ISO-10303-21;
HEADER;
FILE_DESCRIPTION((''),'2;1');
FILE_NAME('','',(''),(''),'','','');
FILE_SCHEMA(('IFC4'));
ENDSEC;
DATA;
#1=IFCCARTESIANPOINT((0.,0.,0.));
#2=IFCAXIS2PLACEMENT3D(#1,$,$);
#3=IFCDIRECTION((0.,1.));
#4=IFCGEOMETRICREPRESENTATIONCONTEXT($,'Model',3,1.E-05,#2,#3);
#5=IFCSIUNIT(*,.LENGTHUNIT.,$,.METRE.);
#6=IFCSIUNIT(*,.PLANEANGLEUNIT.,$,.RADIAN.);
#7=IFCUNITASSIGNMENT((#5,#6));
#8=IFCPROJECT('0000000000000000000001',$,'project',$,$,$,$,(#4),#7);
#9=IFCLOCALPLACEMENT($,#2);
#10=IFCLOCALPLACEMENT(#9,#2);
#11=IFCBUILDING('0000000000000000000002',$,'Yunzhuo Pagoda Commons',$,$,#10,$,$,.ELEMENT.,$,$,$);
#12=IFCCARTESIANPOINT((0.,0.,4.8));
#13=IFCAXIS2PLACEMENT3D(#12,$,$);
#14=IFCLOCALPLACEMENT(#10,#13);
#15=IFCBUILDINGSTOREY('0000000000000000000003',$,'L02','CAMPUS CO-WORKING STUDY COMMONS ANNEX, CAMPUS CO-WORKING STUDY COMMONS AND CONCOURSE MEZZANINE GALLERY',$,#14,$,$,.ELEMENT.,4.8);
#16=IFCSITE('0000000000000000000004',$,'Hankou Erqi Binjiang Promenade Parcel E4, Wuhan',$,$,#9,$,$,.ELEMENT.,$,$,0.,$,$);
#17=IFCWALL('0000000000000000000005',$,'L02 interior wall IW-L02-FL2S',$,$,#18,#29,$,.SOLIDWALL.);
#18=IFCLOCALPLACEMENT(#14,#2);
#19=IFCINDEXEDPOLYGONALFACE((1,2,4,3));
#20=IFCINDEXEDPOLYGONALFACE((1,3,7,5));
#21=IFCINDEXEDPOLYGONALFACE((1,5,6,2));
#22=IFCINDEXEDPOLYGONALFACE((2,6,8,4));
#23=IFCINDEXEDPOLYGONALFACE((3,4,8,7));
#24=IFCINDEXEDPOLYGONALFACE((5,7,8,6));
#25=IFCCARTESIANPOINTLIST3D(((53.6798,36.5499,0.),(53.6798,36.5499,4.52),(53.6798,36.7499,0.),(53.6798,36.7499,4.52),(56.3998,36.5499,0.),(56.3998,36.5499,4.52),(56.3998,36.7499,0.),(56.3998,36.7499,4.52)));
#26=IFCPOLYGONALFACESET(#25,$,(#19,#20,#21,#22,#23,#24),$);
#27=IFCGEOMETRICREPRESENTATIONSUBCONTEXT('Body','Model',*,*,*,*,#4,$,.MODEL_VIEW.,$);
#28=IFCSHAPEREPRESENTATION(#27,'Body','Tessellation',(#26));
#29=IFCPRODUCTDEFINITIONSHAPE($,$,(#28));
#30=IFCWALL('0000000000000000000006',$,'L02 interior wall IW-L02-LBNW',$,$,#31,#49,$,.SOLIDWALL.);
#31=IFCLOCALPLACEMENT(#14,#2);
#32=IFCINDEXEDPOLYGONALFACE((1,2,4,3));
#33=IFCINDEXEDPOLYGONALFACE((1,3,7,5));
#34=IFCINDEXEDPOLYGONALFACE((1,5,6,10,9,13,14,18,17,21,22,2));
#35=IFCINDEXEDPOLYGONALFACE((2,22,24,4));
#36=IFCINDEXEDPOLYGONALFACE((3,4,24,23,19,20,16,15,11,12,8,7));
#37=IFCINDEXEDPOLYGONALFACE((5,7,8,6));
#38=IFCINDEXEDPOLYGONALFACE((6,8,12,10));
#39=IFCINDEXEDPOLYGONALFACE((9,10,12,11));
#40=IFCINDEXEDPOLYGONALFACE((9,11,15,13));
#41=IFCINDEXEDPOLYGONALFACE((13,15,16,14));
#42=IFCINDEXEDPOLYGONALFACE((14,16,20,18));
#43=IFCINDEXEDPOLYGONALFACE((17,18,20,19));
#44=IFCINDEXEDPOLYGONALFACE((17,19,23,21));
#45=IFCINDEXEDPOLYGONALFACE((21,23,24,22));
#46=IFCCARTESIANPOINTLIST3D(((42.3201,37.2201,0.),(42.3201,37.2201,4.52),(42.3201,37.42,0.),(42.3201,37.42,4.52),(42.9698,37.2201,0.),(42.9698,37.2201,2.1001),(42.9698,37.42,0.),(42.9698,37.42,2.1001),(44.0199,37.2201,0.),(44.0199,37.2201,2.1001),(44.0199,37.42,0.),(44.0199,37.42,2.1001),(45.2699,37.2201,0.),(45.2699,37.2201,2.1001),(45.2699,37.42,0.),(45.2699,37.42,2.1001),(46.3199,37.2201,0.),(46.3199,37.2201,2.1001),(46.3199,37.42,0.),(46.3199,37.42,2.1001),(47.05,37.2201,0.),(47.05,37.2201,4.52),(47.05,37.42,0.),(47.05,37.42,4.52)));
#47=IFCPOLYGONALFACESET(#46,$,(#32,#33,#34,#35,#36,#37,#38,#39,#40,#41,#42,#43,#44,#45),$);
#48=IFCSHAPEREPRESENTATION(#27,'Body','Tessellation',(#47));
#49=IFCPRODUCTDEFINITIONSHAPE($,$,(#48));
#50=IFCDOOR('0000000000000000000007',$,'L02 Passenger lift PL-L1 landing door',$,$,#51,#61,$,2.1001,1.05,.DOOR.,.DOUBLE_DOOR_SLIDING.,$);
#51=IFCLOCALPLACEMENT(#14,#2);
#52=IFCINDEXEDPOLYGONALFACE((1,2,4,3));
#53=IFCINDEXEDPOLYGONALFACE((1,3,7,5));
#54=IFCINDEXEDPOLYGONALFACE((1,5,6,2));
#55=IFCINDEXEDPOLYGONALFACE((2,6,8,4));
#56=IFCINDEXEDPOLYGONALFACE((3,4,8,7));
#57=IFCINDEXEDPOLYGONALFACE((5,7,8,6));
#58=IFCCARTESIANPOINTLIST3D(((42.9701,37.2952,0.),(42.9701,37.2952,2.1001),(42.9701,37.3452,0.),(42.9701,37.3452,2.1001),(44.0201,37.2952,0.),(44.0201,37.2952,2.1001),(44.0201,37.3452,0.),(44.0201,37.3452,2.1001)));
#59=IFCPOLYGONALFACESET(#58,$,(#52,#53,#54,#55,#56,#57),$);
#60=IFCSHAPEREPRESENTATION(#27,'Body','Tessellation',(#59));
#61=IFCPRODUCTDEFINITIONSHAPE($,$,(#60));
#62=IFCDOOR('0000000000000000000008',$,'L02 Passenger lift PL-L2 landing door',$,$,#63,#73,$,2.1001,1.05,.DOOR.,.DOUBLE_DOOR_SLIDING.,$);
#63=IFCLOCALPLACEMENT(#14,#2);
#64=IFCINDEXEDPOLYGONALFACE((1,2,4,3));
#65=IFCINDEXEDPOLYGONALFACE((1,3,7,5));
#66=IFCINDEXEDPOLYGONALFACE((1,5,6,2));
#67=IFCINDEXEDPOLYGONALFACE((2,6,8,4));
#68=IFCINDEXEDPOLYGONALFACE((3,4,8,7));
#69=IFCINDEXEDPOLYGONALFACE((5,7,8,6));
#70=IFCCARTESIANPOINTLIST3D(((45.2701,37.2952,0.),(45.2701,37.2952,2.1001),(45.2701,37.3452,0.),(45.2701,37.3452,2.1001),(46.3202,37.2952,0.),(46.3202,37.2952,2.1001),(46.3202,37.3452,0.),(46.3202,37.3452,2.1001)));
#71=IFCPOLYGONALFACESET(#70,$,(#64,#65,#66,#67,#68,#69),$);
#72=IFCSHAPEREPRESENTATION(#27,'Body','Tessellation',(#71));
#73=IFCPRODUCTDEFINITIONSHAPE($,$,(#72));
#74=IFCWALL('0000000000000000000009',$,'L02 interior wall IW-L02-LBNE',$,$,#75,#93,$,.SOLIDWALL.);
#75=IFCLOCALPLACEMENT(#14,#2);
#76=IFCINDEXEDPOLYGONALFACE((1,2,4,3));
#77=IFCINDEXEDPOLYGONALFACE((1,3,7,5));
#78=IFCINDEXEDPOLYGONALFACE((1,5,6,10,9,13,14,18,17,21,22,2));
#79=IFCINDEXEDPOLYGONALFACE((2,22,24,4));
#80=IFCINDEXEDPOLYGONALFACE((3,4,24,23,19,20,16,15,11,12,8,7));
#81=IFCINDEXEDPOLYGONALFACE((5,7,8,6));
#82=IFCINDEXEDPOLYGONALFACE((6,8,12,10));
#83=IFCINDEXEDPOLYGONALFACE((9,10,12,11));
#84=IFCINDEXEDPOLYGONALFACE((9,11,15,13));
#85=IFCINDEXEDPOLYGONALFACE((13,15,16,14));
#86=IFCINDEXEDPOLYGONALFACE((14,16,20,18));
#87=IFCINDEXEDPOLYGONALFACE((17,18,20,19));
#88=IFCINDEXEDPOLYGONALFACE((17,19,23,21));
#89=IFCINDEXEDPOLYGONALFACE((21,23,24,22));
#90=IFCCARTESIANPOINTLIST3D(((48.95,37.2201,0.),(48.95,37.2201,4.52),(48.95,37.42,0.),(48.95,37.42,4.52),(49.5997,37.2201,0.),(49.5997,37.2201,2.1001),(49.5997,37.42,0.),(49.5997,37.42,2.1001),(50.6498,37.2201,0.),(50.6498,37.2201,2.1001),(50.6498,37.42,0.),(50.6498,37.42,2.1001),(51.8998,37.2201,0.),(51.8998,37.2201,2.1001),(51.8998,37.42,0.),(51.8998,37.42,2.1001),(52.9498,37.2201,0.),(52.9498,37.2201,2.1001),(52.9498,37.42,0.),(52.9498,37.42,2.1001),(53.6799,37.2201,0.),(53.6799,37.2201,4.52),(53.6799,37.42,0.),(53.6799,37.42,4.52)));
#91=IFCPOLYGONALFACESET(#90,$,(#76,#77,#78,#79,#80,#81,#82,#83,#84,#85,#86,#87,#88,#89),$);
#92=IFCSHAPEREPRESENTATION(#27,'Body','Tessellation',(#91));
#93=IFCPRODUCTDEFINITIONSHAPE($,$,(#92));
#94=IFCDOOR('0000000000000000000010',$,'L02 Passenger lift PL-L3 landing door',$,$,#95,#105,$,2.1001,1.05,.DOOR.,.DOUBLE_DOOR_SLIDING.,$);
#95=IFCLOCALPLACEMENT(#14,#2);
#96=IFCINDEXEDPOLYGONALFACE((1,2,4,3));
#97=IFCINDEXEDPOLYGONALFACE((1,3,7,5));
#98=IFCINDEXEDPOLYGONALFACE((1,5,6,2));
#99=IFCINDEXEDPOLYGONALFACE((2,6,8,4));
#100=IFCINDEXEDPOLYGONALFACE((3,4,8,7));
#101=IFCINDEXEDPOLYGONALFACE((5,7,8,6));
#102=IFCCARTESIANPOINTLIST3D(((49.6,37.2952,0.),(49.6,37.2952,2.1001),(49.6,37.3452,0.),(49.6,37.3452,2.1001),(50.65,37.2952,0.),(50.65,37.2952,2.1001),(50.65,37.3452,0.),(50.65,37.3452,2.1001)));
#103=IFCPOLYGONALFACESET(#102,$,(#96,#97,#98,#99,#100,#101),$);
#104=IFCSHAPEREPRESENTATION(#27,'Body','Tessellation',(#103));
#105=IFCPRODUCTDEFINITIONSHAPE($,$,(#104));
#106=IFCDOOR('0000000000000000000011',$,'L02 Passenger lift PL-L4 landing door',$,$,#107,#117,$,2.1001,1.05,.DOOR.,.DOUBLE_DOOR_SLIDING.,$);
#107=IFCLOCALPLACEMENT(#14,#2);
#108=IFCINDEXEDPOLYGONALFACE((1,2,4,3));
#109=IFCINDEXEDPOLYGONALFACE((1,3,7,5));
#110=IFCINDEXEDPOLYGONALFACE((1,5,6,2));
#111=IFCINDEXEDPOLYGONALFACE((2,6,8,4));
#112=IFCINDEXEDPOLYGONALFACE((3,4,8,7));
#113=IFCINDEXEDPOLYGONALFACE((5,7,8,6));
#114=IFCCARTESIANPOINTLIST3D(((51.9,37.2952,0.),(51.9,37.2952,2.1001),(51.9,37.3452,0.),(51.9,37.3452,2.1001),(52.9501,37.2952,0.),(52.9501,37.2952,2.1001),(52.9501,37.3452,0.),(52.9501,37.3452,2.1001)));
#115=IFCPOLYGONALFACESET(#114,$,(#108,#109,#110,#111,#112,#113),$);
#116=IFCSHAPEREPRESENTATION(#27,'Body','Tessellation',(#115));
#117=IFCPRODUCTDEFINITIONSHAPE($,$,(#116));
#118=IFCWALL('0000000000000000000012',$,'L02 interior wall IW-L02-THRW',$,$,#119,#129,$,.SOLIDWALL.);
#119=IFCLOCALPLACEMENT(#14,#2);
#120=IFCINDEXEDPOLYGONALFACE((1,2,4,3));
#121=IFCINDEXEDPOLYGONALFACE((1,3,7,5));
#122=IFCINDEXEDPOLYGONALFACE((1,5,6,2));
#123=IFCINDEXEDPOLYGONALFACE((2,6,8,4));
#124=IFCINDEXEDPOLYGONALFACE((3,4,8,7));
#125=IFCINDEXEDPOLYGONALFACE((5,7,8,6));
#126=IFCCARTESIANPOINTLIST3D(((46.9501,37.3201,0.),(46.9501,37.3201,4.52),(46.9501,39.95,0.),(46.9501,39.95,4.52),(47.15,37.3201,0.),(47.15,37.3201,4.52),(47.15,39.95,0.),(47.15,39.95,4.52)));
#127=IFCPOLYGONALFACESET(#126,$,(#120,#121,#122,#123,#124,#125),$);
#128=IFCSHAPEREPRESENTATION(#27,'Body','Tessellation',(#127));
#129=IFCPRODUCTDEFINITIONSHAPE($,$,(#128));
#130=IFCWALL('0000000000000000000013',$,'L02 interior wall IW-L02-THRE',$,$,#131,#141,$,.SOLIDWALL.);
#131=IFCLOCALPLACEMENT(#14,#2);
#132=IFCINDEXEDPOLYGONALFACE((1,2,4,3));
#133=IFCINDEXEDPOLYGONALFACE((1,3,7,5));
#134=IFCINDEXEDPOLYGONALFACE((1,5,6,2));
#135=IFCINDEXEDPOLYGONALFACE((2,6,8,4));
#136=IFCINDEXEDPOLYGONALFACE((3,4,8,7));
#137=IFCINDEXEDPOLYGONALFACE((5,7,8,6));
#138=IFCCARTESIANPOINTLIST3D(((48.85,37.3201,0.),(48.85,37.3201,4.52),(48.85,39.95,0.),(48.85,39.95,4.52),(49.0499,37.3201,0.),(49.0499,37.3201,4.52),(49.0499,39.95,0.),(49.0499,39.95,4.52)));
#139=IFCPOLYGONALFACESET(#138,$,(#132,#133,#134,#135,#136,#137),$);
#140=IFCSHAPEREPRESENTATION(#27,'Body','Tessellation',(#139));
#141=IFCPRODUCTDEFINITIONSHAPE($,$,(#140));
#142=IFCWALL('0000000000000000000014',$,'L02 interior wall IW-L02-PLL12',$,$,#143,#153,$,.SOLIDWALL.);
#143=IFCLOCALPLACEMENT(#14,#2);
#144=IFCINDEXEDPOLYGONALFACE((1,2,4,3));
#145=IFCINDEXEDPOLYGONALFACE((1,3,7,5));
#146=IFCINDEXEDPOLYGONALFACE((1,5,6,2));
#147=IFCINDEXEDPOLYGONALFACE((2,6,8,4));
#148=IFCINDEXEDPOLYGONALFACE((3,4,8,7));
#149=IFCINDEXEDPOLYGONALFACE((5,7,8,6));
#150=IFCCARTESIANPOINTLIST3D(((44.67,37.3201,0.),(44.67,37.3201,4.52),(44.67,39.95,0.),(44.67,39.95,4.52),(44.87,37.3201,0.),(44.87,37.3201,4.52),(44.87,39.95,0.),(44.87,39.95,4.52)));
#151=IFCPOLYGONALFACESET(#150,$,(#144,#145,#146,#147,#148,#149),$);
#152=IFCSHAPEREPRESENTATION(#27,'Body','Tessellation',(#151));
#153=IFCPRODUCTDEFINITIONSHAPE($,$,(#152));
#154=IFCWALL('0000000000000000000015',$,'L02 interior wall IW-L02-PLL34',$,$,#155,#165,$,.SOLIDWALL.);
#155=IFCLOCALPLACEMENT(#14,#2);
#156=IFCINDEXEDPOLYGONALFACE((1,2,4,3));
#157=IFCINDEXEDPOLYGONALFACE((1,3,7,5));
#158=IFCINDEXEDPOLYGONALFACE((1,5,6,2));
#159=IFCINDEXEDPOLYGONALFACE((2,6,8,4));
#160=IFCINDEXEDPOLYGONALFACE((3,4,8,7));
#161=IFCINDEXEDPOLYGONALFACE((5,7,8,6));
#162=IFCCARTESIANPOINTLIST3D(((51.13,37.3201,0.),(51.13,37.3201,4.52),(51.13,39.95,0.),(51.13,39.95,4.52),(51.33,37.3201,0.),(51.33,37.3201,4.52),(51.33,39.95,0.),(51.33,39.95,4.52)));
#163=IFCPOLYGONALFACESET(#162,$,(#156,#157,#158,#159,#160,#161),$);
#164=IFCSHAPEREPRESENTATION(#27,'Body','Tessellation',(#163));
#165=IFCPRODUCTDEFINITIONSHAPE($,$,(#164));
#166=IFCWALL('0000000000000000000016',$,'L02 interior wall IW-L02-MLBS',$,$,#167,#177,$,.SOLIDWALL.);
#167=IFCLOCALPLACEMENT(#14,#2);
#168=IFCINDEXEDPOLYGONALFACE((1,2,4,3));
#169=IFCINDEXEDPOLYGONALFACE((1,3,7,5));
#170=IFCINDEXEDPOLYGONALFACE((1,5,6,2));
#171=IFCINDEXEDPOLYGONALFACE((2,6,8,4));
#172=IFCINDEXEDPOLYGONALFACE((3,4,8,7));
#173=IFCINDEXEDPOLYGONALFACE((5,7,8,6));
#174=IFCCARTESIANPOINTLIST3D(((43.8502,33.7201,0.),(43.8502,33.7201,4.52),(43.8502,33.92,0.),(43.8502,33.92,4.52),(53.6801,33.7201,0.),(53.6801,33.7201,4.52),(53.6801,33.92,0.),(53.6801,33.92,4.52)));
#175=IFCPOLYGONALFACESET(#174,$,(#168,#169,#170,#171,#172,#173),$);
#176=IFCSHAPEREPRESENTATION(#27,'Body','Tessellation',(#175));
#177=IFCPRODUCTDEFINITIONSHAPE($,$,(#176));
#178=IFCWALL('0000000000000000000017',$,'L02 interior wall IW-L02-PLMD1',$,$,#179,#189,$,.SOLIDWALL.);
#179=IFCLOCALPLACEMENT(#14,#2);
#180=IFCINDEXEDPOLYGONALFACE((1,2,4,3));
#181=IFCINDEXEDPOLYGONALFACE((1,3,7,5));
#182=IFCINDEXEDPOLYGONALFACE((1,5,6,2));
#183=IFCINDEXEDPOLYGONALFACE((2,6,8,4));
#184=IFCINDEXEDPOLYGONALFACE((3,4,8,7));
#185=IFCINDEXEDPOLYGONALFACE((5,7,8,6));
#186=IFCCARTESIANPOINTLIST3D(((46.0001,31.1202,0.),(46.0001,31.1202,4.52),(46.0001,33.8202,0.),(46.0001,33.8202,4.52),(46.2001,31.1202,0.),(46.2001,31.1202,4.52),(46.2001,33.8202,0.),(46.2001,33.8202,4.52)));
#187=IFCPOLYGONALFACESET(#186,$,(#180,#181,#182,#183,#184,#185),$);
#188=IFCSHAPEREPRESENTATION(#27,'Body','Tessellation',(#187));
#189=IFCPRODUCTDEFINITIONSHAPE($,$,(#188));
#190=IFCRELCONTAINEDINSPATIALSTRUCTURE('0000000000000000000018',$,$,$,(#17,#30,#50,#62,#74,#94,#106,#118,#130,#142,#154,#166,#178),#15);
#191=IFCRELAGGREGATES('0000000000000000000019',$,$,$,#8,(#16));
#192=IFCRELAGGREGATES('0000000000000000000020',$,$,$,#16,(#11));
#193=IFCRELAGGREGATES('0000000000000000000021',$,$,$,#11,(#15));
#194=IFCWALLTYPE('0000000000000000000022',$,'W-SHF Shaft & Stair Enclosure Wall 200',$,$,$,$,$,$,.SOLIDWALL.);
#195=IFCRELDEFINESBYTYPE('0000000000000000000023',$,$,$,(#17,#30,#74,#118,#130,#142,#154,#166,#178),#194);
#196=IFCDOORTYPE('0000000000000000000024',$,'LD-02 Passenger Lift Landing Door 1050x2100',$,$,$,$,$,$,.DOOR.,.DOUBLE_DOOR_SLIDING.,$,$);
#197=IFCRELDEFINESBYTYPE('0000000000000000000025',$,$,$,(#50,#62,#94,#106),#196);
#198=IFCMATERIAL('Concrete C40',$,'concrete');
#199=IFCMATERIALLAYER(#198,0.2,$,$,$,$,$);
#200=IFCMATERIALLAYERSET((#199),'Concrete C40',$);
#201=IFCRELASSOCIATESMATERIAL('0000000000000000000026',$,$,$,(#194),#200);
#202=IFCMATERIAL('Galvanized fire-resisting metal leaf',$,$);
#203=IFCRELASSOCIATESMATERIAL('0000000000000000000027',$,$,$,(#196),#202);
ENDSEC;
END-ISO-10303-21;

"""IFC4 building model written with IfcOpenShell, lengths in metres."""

from ifc_helpers import new_model, si_unit, direction, frame, frame_2d, origin, place, context, subcontext, project, spatial, rectangle, extrude, source, transform, mapped, material, layer, layer_set, type_object, element, fill, save


model = new_model("IFC4")

# Units and contexts
model_context = context("Model", 3, precision=1e-05, world=origin(), true_north=direction((0.0, 1.0)))
body_context = subcontext(model_context, "Body", "Model", "MODEL_VIEW")
ifc_project = project(units=[si_unit("LENGTHUNIT", "METRE"), si_unit("PLANEANGLEUNIT", "RADIAN")], contexts=[model_context])

# Site, building, storey
site_placement = place(None, origin())
site = spatial("IfcSite", under=ifc_project, at=site_placement, Name="Hankou Erqi Binjiang Promenade Parcel E4, Wuhan", CompositionType="ELEMENT", RefElevation=0.0)
building_placement = place(site_placement, origin())
building = spatial("IfcBuilding", under=site, at=building_placement, Name="Yunzhuo Pagoda Commons", CompositionType="ELEMENT")
storey_placement = place(building_placement, frame((0.0, 0.0, 4.8)))
storey = spatial("IfcBuildingStorey", under=building, at=storey_placement, Name="L02", Description="CAMPUS CO-WORKING STUDY COMMONS ANNEX, CAMPUS CO-WORKING STUDY COMMONS AND CONCOURSE MEZZANINE GALLERY", CompositionType="ELEMENT", Elevation=4.8)

# Shared definitions
ifc_material_1 = material(Name="Galvanized fire-resisting metal leaf")
shared_shape_1 = source(origin(), body_context, "Body", "SweptSolid", [
    extrude(rectangle(XDim=1.05, YDim=2.1001, at=frame_2d((0.5249, 1.05))), frame((0.0, 0.0249, 0.0), z_axis=(0.0, -1.0, 0.0), x_axis=(1.0, 0.0, 0.0)), (0.0, 0.0, 1.0), 0.05),
])
ifc_material_2 = material(Name="Concrete C40", Category="concrete")
ifc_layer_1 = layer(ifc_material_2, 0.2)
ifc_layer_set_1 = layer_set([ifc_layer_1], Name="Concrete C40")
wall_type_1 = type_object("IfcWallType", Name="W-SHF Shaft & Stair Enclosure Wall 200", PredefinedType="SOLIDWALL", material=ifc_layer_set_1)
door_type_1 = type_object("IfcDoorType", Name="LD-02 Passenger Lift Landing Door 1050x2100", OperationType="DOUBLE_DOOR_SLIDING", PredefinedType="DOOR", material=ifc_material_1)

# Wall
wall_1_placement = place(storey_placement, frame((53.6799, 36.6499, 0.0), z_axis=(0.0, 0.0, 1.0), x_axis=(1.0, 0.0, 0.0)))
element("IfcWall", 1, at=wall_1_placement, inside=storey, type_object=wall_type_1, Name="L02 interior wall IW-L02-FL2S", PredefinedType="SOLIDWALL", context=body_context, shape_type="SweptSolid", body=[
    extrude(rectangle(XDim=2.72, YDim=0.2, at=frame_2d((1.3599, 0.0))), origin(), (0.0, 0.0, 1.0), 4.52),
])

# Walls, openings, doors
wall_2_placement = place(storey_placement, frame((42.3201, 37.3201, 0.0), z_axis=(0.0, 0.0, 1.0), x_axis=(1.0, 0.0, 0.0)))
wall_2 = element("IfcWall", 2, at=wall_2_placement, inside=storey, type_object=wall_type_1, Name="L02 interior wall IW-L02-LBNW", PredefinedType="SOLIDWALL", context=body_context, shape_type="SweptSolid", body=[
    extrude(rectangle(XDim=4.73, YDim=0.2, at=frame_2d((2.365, 0.0))), origin(), (0.0, 0.0, 1.0), 4.52),
])
opening_1_placement = place(wall_2_placement, frame((0.6499, 0.0, 0.0)))
opening_1 = element("IfcOpeningElement", 3, at=opening_1_placement, cuts=wall_2, PredefinedType="OPENING", context=body_context, shape_type="SweptSolid", body=[
    extrude(rectangle(XDim=1.05, YDim=2.1001, at=frame_2d((0.5249, 1.05))), frame((0.0, 0.1099, 0.0), z_axis=(0.0, -1.0, 0.0), x_axis=(1.0, 0.0, 0.0)), (0.0, 0.0, 1.0), 0.22),
])
opening_2_placement = place(wall_2_placement, frame((2.95, 0.0, 0.0)))
opening_2 = element("IfcOpeningElement", 4, at=opening_2_placement, cuts=wall_2, PredefinedType="OPENING", context=body_context, shape_type="SweptSolid", body=[
    extrude(rectangle(XDim=1.05, YDim=2.1001, at=frame_2d((0.5249, 1.05))), frame((0.0, 0.1099, 0.0), z_axis=(0.0, -1.0, 0.0), x_axis=(1.0, 0.0, 0.0)), (0.0, 0.0, 1.0), 0.22),
])
door_1_placement = place(opening_1_placement, frame((1.05, 0.0, 0.0), z_axis=(0.0, 0.0, 1.0), x_axis=(-1.0, 0.0, 0.0)))
door_1 = element("IfcDoor", 5, at=door_1_placement, inside=storey, type_object=door_type_1, Name="L02 Passenger lift PL-L1 landing door", OperationType="DOUBLE_DOOR_SLIDING", OverallHeight=2.1001, OverallWidth=1.05, PredefinedType="DOOR", context=body_context, shape_type="MappedRepresentation", body=[
    mapped(shared_shape_1, transform((0.0, 0.0, 0.0), scale=1.0)),
])
fill(opening_1, door_1)
door_2_placement = place(opening_2_placement, frame((1.05, 0.0, 0.0), z_axis=(0.0, 0.0, 1.0), x_axis=(-1.0, 0.0, 0.0)))
door_2 = element("IfcDoor", 6, at=door_2_placement, inside=storey, type_object=door_type_1, Name="L02 Passenger lift PL-L2 landing door", OperationType="DOUBLE_DOOR_SLIDING", OverallHeight=2.1001, OverallWidth=1.05, PredefinedType="DOOR", context=body_context, shape_type="MappedRepresentation", body=[
    mapped(shared_shape_1, transform((0.0, 0.0, 0.0), scale=1.0)),
])
fill(opening_2, door_2)
wall_3_placement = place(storey_placement, frame((48.95, 37.3201, 0.0), z_axis=(0.0, 0.0, 1.0), x_axis=(1.0, 0.0, 0.0)))
wall_3 = element("IfcWall", 7, at=wall_3_placement, inside=storey, type_object=wall_type_1, Name="L02 interior wall IW-L02-LBNE", PredefinedType="SOLIDWALL", context=body_context, shape_type="SweptSolid", body=[
    extrude(rectangle(XDim=4.73, YDim=0.2, at=frame_2d((2.365, 0.0))), origin(), (0.0, 0.0, 1.0), 4.52),
])
opening_3_placement = place(wall_3_placement, frame((0.6499, 0.0, 0.0)))
opening_3 = element("IfcOpeningElement", 8, at=opening_3_placement, cuts=wall_3, PredefinedType="OPENING", context=body_context, shape_type="SweptSolid", body=[
    extrude(rectangle(XDim=1.05, YDim=2.1001, at=frame_2d((0.5249, 1.05))), frame((0.0, 0.1099, 0.0), z_axis=(0.0, -1.0, 0.0), x_axis=(1.0, 0.0, 0.0)), (0.0, 0.0, 1.0), 0.22),
])
opening_4_placement = place(wall_3_placement, frame((2.95, 0.0, 0.0)))
opening_4 = element("IfcOpeningElement", 9, at=opening_4_placement, cuts=wall_3, PredefinedType="OPENING", context=body_context, shape_type="SweptSolid", body=[
    extrude(rectangle(XDim=1.05, YDim=2.1001, at=frame_2d((0.5249, 1.05))), frame((0.0, 0.1099, 0.0), z_axis=(0.0, -1.0, 0.0), x_axis=(1.0, 0.0, 0.0)), (0.0, 0.0, 1.0), 0.22),
])
door_3_placement = place(opening_3_placement, frame((1.05, 0.0, 0.0), z_axis=(0.0, 0.0, 1.0), x_axis=(-1.0, 0.0, 0.0)))
door_3 = element("IfcDoor", 10, at=door_3_placement, inside=storey, type_object=door_type_1, Name="L02 Passenger lift PL-L3 landing door", OperationType="DOUBLE_DOOR_SLIDING", OverallHeight=2.1001, OverallWidth=1.05, PredefinedType="DOOR", context=body_context, shape_type="MappedRepresentation", body=[
    mapped(shared_shape_1, transform((0.0, 0.0, 0.0), scale=1.0)),
])
fill(opening_3, door_3)
door_4_placement = place(opening_4_placement, frame((1.05, 0.0, 0.0), z_axis=(0.0, 0.0, 1.0), x_axis=(-1.0, 0.0, 0.0)))
door_4 = element("IfcDoor", 11, at=door_4_placement, inside=storey, type_object=door_type_1, Name="L02 Passenger lift PL-L4 landing door", OperationType="DOUBLE_DOOR_SLIDING", OverallHeight=2.1001, OverallWidth=1.05, PredefinedType="DOOR", context=body_context, shape_type="MappedRepresentation", body=[
    mapped(shared_shape_1, transform((0.0, 0.0, 0.0), scale=1.0)),
])
fill(opening_4, door_4)

# Walls
for number, where, z_axis, x_axis, name in (
    (12, (47.05, 37.3201, 0.0), (0.0, 0.0, 1.0), (0.0, 1.0, 0.0), "L02 interior wall IW-L02-THRW"),
    (13, (48.95, 37.3201, 0.0), (0.0, 0.0, 1.0), (0.0, 1.0, 0.0), "L02 interior wall IW-L02-THRE"),
    (14, (44.77, 37.3201, 0.0), (0.0, 0.0, 1.0), (0.0, 1.0, 0.0), "L02 interior wall IW-L02-PLL12"),
    (15, (51.23, 37.3201, 0.0), (0.0, 0.0, 1.0), (0.0, 1.0, 0.0), "L02 interior wall IW-L02-PLL34"),
):
    element("IfcWall", number, at=place(storey_placement, frame(where, z_axis=z_axis, x_axis=x_axis)), inside=storey, type_object=wall_type_1, Name=name, PredefinedType="SOLIDWALL", context=body_context, shape_type="SweptSolid", body=[
        extrude(rectangle(XDim=2.6299, YDim=0.2, at=frame_2d((1.3149, 0.0))), origin(), (0.0, 0.0, 1.0), 4.52),
    ])
wall_4_placement = place(storey_placement, frame((43.8501, 33.8201, 0.0), z_axis=(0.0, 0.0, 1.0), x_axis=(1.0, 0.0, 0.0)))
element("IfcWall", 16, at=wall_4_placement, inside=storey, type_object=wall_type_1, Name="L02 interior wall IW-L02-MLBS", PredefinedType="SOLIDWALL", context=body_context, shape_type="SweptSolid", body=[
    extrude(rectangle(XDim=9.8298, YDim=0.2, at=frame_2d((4.915, 0.0))), origin(), (0.0, 0.0, 1.0), 4.52),
])
for number, where, z_axis, x_axis, name in (
    (17, (46.1001, 31.1201, 0.0), (0.0, 0.0, 1.0), (0.0, 1.0, 0.0), "L02 interior wall IW-L02-PLMD1"),
):
    element("IfcWall", number, at=place(storey_placement, frame(where, z_axis=z_axis, x_axis=x_axis)), inside=storey, type_object=wall_type_1, Name=name, PredefinedType="SOLIDWALL", context=body_context, shape_type="SweptSolid", body=[
        extrude(rectangle(XDim=2.7, YDim=0.2, at=frame_2d((1.3501, 0.0))), origin(), (0.0, 0.0, 1.0), 4.52),
    ])

save(model, "model.ifc")
